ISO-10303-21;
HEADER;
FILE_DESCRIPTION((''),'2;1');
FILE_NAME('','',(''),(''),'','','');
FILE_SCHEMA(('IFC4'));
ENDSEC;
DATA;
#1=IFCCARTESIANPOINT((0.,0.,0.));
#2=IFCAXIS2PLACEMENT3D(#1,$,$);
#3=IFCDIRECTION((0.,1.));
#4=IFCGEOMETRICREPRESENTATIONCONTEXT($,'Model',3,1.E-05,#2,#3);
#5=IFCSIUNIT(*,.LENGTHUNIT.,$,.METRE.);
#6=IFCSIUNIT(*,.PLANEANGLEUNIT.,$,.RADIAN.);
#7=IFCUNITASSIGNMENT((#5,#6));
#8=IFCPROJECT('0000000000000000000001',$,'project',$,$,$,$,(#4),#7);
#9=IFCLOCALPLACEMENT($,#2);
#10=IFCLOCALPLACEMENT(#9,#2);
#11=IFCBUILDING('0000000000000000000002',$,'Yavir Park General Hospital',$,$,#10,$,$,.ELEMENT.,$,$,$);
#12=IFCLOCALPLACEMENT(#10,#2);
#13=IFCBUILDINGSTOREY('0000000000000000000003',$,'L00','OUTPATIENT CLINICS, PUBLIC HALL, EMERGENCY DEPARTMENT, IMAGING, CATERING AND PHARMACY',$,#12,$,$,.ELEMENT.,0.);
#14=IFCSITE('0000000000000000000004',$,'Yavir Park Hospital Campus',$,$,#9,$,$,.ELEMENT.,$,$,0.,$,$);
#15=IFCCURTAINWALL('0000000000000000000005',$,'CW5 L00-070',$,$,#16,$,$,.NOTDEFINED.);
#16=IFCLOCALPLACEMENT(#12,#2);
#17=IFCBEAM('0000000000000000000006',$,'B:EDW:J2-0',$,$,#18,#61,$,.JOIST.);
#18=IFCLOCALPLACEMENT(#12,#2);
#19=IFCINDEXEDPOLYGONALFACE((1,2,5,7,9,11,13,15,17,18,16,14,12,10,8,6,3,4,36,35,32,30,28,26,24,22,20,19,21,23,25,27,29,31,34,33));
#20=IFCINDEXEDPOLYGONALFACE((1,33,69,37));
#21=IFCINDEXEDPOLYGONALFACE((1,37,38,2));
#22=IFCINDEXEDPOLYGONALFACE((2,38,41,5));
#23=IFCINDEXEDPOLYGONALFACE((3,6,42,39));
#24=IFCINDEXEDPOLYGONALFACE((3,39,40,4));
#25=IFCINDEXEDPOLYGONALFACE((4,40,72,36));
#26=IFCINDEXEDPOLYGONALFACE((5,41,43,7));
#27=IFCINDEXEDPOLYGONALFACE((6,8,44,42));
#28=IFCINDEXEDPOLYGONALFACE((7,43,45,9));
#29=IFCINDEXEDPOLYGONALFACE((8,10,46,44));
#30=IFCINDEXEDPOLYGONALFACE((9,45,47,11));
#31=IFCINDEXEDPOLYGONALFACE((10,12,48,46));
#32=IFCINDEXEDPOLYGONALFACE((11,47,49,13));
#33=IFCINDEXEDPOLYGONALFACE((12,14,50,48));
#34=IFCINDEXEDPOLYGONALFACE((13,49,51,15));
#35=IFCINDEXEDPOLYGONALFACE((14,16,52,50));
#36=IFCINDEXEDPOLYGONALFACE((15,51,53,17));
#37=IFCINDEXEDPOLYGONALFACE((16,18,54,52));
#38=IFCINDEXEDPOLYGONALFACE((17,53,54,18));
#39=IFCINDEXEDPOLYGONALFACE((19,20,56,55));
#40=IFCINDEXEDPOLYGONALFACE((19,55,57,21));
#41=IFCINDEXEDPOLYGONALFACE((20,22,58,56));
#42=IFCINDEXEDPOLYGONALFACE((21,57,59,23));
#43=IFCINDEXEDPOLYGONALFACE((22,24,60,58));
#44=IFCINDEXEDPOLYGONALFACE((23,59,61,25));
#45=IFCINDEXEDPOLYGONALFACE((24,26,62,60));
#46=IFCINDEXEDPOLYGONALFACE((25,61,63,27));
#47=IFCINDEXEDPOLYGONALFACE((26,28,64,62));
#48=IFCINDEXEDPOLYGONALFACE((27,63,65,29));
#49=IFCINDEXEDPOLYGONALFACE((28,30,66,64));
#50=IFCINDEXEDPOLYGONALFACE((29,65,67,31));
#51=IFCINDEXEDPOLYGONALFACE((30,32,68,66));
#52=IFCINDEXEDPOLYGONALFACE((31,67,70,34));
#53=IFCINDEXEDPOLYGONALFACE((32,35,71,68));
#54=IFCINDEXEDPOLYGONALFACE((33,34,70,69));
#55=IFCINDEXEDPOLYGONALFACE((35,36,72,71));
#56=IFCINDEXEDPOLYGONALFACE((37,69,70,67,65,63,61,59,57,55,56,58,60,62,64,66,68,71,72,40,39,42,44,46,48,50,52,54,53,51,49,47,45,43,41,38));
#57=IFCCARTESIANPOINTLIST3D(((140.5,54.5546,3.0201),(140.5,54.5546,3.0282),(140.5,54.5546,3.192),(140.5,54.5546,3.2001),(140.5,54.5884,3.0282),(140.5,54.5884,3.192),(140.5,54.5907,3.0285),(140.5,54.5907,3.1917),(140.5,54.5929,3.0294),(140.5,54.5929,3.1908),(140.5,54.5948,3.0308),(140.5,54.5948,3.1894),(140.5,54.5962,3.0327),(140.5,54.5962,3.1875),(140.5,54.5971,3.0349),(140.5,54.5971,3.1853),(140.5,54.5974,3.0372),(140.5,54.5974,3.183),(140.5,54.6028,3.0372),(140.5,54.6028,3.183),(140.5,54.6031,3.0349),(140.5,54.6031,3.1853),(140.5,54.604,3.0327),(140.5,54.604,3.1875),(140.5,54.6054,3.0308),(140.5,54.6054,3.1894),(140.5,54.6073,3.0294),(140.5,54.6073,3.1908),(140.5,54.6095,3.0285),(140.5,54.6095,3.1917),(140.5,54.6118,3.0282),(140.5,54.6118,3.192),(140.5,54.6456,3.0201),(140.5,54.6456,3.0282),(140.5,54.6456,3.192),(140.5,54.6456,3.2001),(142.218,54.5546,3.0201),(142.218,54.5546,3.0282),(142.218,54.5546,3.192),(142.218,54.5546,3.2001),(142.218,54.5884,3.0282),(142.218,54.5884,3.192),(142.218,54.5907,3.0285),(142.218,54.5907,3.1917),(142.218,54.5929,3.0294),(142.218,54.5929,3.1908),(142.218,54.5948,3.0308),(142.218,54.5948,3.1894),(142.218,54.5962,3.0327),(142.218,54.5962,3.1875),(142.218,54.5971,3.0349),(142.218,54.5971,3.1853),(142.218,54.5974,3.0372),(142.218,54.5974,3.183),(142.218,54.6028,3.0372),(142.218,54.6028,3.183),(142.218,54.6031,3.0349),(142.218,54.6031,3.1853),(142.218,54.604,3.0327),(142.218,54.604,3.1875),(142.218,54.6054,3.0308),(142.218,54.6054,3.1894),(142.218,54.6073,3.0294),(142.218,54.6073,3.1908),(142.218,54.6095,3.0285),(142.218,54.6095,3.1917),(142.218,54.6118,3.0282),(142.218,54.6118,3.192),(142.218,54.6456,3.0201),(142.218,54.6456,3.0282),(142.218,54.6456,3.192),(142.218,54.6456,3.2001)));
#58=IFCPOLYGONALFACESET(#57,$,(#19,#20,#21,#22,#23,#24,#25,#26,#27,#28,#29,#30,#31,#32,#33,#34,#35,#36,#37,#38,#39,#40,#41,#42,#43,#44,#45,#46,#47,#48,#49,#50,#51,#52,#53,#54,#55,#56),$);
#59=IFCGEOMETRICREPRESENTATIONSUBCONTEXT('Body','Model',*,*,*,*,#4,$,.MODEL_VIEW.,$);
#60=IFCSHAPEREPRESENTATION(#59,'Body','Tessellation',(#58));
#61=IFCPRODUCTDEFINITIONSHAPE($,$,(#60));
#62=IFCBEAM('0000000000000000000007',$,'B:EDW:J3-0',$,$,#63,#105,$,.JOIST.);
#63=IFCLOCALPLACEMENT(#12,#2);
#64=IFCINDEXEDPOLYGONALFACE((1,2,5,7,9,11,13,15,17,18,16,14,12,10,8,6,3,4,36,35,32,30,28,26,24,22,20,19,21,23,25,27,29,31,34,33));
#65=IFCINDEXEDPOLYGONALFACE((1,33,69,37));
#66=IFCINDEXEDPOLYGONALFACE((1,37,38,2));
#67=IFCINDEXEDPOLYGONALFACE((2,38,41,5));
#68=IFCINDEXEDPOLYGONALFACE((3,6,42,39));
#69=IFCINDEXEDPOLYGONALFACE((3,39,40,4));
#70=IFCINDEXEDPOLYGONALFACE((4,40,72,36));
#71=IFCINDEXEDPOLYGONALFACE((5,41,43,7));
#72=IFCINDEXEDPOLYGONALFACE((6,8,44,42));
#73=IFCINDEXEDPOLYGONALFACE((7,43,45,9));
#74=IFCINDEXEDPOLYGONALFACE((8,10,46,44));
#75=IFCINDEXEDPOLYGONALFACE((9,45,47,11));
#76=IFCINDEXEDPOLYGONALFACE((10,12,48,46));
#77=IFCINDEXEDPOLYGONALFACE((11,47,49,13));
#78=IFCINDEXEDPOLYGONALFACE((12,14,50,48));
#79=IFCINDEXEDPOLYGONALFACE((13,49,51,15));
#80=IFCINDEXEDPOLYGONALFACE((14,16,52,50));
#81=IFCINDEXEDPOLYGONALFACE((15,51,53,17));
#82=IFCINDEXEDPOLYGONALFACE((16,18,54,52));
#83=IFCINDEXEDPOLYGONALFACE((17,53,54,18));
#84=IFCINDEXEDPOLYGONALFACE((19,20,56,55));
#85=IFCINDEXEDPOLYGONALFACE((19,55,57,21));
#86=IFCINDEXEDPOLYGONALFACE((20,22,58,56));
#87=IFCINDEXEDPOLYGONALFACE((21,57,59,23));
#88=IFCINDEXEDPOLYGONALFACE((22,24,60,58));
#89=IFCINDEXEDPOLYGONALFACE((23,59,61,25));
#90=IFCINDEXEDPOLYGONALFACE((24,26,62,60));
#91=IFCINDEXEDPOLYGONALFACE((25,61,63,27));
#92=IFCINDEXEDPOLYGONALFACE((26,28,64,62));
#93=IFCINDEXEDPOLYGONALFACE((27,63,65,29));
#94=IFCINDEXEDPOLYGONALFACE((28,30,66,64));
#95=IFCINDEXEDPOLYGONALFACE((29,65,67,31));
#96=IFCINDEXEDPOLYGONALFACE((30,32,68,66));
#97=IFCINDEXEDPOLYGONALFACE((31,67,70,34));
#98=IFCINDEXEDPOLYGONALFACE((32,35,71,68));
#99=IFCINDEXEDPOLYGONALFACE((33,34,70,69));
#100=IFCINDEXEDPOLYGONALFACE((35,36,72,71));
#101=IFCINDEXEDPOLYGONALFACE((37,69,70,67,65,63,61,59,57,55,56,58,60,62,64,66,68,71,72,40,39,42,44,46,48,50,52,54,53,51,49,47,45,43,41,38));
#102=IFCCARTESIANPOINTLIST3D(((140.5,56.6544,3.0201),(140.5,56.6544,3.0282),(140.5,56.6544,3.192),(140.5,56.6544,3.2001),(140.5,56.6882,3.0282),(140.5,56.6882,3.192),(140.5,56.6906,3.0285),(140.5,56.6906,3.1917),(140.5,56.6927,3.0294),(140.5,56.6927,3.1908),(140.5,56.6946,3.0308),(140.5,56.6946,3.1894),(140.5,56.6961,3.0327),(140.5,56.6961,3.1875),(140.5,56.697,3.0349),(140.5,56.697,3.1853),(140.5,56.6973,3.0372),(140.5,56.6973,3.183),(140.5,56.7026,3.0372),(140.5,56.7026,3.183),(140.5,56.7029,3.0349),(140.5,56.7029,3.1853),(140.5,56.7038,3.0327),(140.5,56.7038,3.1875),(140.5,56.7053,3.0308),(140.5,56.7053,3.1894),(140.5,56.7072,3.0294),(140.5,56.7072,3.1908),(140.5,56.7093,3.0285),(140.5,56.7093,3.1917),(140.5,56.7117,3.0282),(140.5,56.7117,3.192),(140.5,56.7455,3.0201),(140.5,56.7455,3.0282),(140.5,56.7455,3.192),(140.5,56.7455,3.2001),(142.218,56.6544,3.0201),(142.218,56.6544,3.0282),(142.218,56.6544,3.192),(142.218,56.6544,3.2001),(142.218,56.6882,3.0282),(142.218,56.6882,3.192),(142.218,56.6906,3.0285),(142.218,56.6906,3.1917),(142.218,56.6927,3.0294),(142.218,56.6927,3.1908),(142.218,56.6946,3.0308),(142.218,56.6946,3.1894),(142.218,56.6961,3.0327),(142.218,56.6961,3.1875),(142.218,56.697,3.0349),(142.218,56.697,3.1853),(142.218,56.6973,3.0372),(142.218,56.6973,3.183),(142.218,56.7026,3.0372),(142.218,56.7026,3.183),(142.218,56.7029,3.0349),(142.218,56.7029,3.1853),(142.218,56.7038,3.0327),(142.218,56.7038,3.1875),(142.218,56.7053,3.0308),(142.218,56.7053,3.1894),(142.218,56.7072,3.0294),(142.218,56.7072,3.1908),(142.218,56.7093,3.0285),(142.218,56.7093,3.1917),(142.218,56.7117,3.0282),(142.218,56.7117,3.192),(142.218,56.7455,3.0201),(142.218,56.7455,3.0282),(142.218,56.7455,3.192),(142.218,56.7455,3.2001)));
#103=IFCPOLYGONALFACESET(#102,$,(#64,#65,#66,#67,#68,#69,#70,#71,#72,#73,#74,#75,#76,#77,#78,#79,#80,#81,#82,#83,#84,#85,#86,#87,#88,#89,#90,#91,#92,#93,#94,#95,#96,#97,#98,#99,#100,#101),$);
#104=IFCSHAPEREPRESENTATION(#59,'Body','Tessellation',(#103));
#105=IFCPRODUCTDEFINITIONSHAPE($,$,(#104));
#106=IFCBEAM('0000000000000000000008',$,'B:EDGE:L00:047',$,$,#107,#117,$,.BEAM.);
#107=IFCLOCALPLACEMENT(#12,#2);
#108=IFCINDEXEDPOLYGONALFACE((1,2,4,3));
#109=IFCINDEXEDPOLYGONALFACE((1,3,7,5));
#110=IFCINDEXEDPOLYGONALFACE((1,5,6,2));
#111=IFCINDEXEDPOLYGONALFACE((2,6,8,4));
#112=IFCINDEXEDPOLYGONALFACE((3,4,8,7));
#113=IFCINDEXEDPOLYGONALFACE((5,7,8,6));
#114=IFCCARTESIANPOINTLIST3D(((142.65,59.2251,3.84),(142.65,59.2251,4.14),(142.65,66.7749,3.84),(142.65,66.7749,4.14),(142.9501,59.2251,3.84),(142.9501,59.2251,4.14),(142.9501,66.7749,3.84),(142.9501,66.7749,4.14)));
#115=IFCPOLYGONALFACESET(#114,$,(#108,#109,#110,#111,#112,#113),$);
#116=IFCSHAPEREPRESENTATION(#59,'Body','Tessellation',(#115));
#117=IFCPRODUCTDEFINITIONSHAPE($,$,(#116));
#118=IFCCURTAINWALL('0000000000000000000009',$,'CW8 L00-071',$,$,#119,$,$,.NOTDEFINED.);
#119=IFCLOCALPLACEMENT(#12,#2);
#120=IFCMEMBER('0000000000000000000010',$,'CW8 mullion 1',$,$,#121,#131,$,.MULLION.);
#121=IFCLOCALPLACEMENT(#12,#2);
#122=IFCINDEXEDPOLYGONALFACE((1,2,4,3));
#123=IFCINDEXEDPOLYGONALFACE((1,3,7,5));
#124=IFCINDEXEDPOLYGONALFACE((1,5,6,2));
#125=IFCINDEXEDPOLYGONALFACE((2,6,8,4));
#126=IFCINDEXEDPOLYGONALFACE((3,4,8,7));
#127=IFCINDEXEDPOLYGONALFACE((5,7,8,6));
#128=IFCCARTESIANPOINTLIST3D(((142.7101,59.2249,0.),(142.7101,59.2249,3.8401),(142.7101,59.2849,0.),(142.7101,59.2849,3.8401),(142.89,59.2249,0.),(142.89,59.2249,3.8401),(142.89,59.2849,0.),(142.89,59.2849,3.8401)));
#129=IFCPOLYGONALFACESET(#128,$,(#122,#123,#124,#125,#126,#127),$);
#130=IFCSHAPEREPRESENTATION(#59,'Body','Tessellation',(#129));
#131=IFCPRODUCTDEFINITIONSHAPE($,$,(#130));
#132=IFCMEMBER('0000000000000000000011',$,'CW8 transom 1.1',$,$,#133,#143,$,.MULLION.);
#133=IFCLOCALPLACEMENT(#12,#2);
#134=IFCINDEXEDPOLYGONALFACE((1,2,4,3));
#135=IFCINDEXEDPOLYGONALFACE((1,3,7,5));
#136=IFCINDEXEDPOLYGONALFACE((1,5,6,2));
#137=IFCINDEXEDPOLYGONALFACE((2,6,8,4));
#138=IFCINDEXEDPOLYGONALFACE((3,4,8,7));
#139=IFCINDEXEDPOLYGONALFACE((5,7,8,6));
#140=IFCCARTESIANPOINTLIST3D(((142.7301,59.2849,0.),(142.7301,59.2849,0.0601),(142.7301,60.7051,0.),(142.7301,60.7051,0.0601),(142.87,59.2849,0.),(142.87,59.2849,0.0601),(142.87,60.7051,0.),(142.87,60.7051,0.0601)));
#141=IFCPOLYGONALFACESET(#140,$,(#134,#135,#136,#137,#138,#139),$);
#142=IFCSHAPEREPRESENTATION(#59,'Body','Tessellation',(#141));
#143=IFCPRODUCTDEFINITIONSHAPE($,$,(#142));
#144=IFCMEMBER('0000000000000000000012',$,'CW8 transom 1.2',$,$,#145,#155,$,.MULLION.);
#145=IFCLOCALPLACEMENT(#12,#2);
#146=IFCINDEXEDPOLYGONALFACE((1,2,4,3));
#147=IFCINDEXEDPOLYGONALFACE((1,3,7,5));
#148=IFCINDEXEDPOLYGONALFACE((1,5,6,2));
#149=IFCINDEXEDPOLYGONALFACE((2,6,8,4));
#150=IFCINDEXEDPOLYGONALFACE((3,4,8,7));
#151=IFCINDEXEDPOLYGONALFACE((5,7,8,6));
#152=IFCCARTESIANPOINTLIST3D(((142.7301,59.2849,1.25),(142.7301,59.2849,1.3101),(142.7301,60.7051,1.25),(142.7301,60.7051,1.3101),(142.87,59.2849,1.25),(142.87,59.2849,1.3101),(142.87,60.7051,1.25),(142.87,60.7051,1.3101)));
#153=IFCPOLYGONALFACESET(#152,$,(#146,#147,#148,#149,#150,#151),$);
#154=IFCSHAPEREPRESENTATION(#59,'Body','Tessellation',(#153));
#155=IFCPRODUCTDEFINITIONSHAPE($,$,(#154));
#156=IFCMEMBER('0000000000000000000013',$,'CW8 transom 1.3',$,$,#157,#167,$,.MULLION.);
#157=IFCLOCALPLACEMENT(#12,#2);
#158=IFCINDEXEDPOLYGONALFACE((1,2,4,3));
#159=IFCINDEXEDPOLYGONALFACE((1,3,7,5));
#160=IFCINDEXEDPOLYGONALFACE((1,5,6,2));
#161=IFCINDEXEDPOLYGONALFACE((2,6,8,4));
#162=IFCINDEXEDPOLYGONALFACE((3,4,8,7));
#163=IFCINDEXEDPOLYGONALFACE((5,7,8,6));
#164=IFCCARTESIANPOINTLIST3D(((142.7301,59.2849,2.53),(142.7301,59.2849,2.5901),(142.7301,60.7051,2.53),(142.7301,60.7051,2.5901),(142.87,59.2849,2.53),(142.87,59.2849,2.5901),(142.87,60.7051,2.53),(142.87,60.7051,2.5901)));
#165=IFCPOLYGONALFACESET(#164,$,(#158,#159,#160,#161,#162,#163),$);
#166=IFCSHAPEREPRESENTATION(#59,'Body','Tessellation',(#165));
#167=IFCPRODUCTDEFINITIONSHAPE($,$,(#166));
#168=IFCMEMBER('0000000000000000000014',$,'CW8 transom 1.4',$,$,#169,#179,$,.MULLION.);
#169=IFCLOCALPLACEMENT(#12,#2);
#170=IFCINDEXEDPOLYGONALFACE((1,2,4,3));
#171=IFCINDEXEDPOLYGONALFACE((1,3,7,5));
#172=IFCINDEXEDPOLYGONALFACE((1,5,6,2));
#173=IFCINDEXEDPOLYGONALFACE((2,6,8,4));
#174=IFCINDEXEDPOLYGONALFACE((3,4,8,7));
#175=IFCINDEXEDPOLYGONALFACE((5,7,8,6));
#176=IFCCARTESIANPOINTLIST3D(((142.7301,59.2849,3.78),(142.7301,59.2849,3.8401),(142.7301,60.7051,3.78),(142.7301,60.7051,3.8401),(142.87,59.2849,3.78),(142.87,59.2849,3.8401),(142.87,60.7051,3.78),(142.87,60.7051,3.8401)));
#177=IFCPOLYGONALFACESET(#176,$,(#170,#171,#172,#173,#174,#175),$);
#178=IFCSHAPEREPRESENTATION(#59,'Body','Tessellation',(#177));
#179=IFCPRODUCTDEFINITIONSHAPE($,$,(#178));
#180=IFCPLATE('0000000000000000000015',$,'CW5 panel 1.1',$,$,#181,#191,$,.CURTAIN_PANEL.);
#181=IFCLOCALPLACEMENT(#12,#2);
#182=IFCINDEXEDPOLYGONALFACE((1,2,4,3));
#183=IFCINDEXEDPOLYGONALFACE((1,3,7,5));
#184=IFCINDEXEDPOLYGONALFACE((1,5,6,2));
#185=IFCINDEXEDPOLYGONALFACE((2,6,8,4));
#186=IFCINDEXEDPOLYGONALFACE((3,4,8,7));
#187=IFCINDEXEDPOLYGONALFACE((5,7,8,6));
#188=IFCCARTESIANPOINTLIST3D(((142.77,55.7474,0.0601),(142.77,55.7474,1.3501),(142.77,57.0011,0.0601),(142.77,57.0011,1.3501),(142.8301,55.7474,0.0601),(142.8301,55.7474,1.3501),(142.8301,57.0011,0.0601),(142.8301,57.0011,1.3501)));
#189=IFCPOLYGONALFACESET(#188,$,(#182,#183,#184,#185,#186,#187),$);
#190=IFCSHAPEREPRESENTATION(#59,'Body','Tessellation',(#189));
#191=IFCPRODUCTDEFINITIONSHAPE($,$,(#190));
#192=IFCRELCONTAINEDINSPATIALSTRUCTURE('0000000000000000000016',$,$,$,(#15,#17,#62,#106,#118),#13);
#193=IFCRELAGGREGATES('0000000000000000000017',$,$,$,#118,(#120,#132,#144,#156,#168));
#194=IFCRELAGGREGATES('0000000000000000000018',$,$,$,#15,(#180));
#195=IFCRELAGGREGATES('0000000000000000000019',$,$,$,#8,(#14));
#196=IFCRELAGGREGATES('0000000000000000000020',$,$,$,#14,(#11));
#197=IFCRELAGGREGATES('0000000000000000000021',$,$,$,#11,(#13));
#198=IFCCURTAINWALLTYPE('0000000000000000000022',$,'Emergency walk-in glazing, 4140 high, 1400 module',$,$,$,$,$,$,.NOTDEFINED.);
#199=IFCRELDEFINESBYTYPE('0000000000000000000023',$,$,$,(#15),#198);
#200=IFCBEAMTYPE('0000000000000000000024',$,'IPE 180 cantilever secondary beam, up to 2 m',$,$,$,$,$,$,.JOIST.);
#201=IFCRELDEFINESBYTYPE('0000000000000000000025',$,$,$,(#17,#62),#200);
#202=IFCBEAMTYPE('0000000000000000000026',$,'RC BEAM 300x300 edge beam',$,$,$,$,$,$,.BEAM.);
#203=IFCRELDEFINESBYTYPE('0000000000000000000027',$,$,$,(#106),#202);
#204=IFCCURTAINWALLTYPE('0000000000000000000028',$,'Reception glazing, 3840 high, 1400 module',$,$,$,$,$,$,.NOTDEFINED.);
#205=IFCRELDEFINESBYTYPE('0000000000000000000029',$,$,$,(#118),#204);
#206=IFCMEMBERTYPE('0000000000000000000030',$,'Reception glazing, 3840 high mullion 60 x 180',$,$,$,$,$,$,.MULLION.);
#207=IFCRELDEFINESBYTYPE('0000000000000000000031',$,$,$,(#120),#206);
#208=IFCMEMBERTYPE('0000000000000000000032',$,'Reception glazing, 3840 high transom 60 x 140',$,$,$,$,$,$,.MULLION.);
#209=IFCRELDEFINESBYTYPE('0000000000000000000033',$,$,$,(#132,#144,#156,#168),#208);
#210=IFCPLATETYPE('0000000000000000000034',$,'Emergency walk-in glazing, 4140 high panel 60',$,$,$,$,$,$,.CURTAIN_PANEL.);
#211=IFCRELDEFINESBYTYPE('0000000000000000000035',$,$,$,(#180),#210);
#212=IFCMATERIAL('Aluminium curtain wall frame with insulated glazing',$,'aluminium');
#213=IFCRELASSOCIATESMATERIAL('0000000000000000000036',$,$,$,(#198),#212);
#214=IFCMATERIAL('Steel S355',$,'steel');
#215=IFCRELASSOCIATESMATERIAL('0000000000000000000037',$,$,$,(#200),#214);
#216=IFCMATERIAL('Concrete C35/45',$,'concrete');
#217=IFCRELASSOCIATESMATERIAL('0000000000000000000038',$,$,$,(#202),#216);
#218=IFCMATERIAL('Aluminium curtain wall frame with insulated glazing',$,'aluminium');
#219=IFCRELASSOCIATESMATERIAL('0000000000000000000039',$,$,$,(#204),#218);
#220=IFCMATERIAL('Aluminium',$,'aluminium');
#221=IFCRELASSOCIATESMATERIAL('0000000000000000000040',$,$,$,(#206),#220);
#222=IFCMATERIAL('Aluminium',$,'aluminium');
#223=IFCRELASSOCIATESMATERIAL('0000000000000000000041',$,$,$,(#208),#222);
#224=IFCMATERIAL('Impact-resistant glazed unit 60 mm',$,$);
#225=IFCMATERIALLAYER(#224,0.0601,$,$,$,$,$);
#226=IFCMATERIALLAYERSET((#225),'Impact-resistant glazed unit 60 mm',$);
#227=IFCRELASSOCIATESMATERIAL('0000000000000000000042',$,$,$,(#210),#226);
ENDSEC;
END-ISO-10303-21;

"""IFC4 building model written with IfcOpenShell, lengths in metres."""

from ifc_helpers import new_model, si_unit, direction, frame, origin, origin_2d, place, context, subcontext, project, spatial, rectangle, i_section, extrude, material, layer, layer_set, material_profile, profile_set, type_object, element, aggregate, save


model = new_model("IFC4")

# Units and contexts
model_context = context("Model", 3, precision=1e-05, world=origin(), true_north=direction((0.0, 1.0)))
body_context = subcontext(model_context, "Body", "Model", "MODEL_VIEW")
ifc_project = project(units=[si_unit("LENGTHUNIT", "METRE"), si_unit("PLANEANGLEUNIT", "RADIAN")], contexts=[model_context])

# Site, building, storey
site_placement = place(None, origin())
site = spatial("IfcSite", under=ifc_project, at=site_placement, Name="Yavir Park Hospital Campus", CompositionType="ELEMENT", RefElevation=0.0)
building_placement = place(site_placement, origin())
building = spatial("IfcBuilding", under=site, at=building_placement, Name="Yavir Park General Hospital", CompositionType="ELEMENT")
storey_placement = place(building_placement, origin())
storey = spatial("IfcBuildingStorey", under=building, at=storey_placement, Name="L00", Description="OUTPATIENT CLINICS, PUBLIC HALL, EMERGENCY DEPARTMENT, IMAGING, CATERING AND PHARMACY", CompositionType="ELEMENT", Elevation=0.0)

# Shared definitions
ifc_material_1 = material(Name="Aluminium curtain wall frame with insulated glazing", Category="aluminium")
curtain_wall_type_1 = type_object("IfcCurtainWallType", Name="Emergency walk-in glazing, 4140 high, 1400 module", PredefinedType="NOTDEFINED", material=ifc_material_1)

# Curtain wall
curtain_wall_1_placement = place(storey_placement, origin())
curtain_wall_1 = element("IfcCurtainWall", 1, at=curtain_wall_1_placement, inside=storey, type_object=curtain_wall_type_1, Name="CW5 L00-070", PredefinedType="NOTDEFINED")

# Beams
ifc_material_2 = material(Name="Steel S355", Category="steel")
ifc_material_profile_1 = material_profile(ifc_material_2, i_section(OverallWidth=0.0911, OverallDepth=0.1799, WebThickness=0.0054, FlangeThickness=0.0081, FilletRadius=0.009, at=origin_2d()), Name="IPE180")
ifc_profile_set_1 = profile_set([ifc_material_profile_1], Name="Steel S355")
beam_type_1 = type_object("IfcBeamType", Name="IPE 180 cantilever secondary beam, up to 2 m", PredefinedType="JOIST", material=ifc_profile_set_1)
for number, where, z_axis, x_axis, name in (
    (2, (142.218, 54.6001, 3.1101), (-1.0, 0.0, 0.0), (0.0, -1.0, 0.0), "B:EDW:J2-0"),
    (3, (142.218, 56.7, 3.1101), (-1.0, 0.0, 0.0), (0.0, -1.0, 0.0), "B:EDW:J3-0"),
):
    element("IfcBeam", number, at=place(storey_placement, frame(where, z_axis=z_axis, x_axis=x_axis)), inside=storey, type_object=beam_type_1, Name=name, PredefinedType="JOIST", context=body_context, shape_type="SweptSolid", body=[
        extrude(i_section(OverallWidth=0.0911, OverallDepth=0.1799, WebThickness=0.0054, FlangeThickness=0.0081, FilletRadius=0.009, at=origin_2d()), origin(), (0.0, 0.0, 1.0), 1.718),
    ])
ifc_material_3 = material(Name="Concrete C35/45", Category="concrete")
ifc_material_profile_2 = material_profile(ifc_material_3, rectangle(XDim=0.3, YDim=0.3, at=origin_2d()), Name="RC300x300")
ifc_profile_set_2 = profile_set([ifc_material_profile_2], Name="Concrete C35/45")
beam_type_2 = type_object("IfcBeamType", Name="RC BEAM 300x300 edge beam", PredefinedType="BEAM", material=ifc_profile_set_2)
beam_1_placement = place(storey_placement, frame((142.8, 59.2251, 3.99), z_axis=(0.0, 1.0, 0.0), x_axis=(-1.0, 0.0, 0.0)))
element("IfcBeam", 4, at=beam_1_placement, inside=storey, type_object=beam_type_2, Name="B:EDGE:L00:047", PredefinedType="BEAM", context=body_context, shape_type="SweptSolid", body=[
    extrude(rectangle(XDim=0.3, YDim=0.3, at=origin_2d()), origin(), (0.0, 0.0, 1.0), 7.5498),
])

# Curtain wall, members
ifc_material_4 = material(Name="Aluminium curtain wall frame with insulated glazing", Category="aluminium")
curtain_wall_type_2 = type_object("IfcCurtainWallType", Name="Reception glazing, 3840 high, 1400 module", PredefinedType="NOTDEFINED", material=ifc_material_4)
curtain_wall_2_placement = place(storey_placement, origin())
curtain_wall_2 = element("IfcCurtainWall", 5, at=curtain_wall_2_placement, inside=storey, type_object=curtain_wall_type_2, Name="CW8 L00-071", PredefinedType="NOTDEFINED")
ifc_material_5 = material(Name="Aluminium", Category="aluminium")
ifc_material_profile_3 = material_profile(ifc_material_5, rectangle(XDim=0.1799, YDim=0.0601, at=origin_2d()), Name="AL 60x180")
ifc_profile_set_3 = profile_set([ifc_material_profile_3], Name="Aluminium")
member_type_1 = type_object("IfcMemberType", Name="Reception glazing, 3840 high mullion 60 x 180", PredefinedType="MULLION", material=ifc_profile_set_3)
member_1_placement = place(storey_placement, frame((142.8, 59.2549, 0.0), z_axis=(0.0, 0.0, 1.0), x_axis=(-1.0, 0.0, 0.0)))
member_1 = element("IfcMember", 6, at=member_1_placement, type_object=member_type_1, Name="CW8 mullion 1", PredefinedType="MULLION", context=body_context, shape_type="SweptSolid", body=[
    extrude(rectangle(XDim=0.1799, YDim=0.0601, at=origin_2d()), origin(), (0.0, 0.0, 1.0), 3.8401),
])
ifc_material_6 = material(Name="Aluminium", Category="aluminium")
ifc_material_profile_4 = material_profile(ifc_material_6, rectangle(XDim=0.1399, YDim=0.0601, at=origin_2d()), Name="AL 140x60")
ifc_profile_set_4 = profile_set([ifc_material_profile_4], Name="Aluminium")
member_type_2 = type_object("IfcMemberType", Name="Reception glazing, 3840 high transom 60 x 140", PredefinedType="MULLION", material=ifc_profile_set_4)
member_2_placement = place(storey_placement, frame((142.8, 59.2849, 0.03), z_axis=(0.0, 1.0, 0.0), x_axis=(-1.0, 0.0, 0.0)))
member_2 = element("IfcMember", 7, at=member_2_placement, type_object=member_type_2, Name="CW8 transom 1.1", PredefinedType="MULLION", context=body_context, shape_type="SweptSolid", body=[
    extrude(rectangle(XDim=0.1399, YDim=0.0601, at=origin_2d()), origin(), (0.0, 0.0, 1.0), 1.4202),
])
member_3_placement = place(storey_placement, frame((142.8, 59.2849, 1.28), z_axis=(0.0, 1.0, 0.0), x_axis=(-1.0, 0.0, 0.0)))
member_3 = element("IfcMember", 8, at=member_3_placement, type_object=member_type_2, Name="CW8 transom 1.2", PredefinedType="MULLION", context=body_context, shape_type="SweptSolid", body=[
    extrude(rectangle(XDim=0.1399, YDim=0.0601, at=origin_2d()), origin(), (0.0, 0.0, 1.0), 1.4202),
])
member_4_placement = place(storey_placement, frame((142.8, 59.2849, 2.5601), z_axis=(0.0, 1.0, 0.0), x_axis=(-1.0, 0.0, 0.0)))
member_4 = element("IfcMember", 9, at=member_4_placement, type_object=member_type_2, Name="CW8 transom 1.3", PredefinedType="MULLION", context=body_context, shape_type="SweptSolid", body=[
    extrude(rectangle(XDim=0.1399, YDim=0.0601, at=origin_2d()), origin(), (0.0, 0.0, 1.0), 1.4202),
])
member_5_placement = place(storey_placement, frame((142.8, 59.2849, 3.8101), z_axis=(0.0, 1.0, 0.0), x_axis=(-1.0, 0.0, 0.0)))
member_5 = element("IfcMember", 10, at=member_5_placement, type_object=member_type_2, Name="CW8 transom 1.4", PredefinedType="MULLION", context=body_context, shape_type="SweptSolid", body=[
    extrude(rectangle(XDim=0.1399, YDim=0.0601, at=origin_2d()), origin(), (0.0, 0.0, 1.0), 1.4202),
])
aggregate(curtain_wall_2, [member_1, member_2, member_3, member_4, member_5])

# Plate
ifc_material_7 = material(Name="Impact-resistant glazed unit 60 mm")
ifc_layer_1 = layer(ifc_material_7, 0.0601)
ifc_layer_set_1 = layer_set([ifc_layer_1], Name="Impact-resistant glazed unit 60 mm")
plate_type = type_object("IfcPlateType", Name="Emergency walk-in glazing, 4140 high panel 60", PredefinedType="CURTAIN_PANEL", material=ifc_layer_set_1)
plate_1_placement = place(storey_placement, frame((142.8, 56.3743, 0.0601), z_axis=(0.0, 0.0, 1.0), x_axis=(0.0, 1.0, 0.0)))
plate_1 = element("IfcPlate", 11, at=plate_1_placement, type_object=plate_type, Name="CW5 panel 1.1", PredefinedType="CURTAIN_PANEL", context=body_context, shape_type="SweptSolid", body=[
    extrude(rectangle(XDim=1.2537, YDim=0.0601, at=origin_2d()), origin(), (0.0, 0.0, 1.0), 1.29),
])
aggregate(curtain_wall_1, [plate_1])

save(model, "model.ifc")
